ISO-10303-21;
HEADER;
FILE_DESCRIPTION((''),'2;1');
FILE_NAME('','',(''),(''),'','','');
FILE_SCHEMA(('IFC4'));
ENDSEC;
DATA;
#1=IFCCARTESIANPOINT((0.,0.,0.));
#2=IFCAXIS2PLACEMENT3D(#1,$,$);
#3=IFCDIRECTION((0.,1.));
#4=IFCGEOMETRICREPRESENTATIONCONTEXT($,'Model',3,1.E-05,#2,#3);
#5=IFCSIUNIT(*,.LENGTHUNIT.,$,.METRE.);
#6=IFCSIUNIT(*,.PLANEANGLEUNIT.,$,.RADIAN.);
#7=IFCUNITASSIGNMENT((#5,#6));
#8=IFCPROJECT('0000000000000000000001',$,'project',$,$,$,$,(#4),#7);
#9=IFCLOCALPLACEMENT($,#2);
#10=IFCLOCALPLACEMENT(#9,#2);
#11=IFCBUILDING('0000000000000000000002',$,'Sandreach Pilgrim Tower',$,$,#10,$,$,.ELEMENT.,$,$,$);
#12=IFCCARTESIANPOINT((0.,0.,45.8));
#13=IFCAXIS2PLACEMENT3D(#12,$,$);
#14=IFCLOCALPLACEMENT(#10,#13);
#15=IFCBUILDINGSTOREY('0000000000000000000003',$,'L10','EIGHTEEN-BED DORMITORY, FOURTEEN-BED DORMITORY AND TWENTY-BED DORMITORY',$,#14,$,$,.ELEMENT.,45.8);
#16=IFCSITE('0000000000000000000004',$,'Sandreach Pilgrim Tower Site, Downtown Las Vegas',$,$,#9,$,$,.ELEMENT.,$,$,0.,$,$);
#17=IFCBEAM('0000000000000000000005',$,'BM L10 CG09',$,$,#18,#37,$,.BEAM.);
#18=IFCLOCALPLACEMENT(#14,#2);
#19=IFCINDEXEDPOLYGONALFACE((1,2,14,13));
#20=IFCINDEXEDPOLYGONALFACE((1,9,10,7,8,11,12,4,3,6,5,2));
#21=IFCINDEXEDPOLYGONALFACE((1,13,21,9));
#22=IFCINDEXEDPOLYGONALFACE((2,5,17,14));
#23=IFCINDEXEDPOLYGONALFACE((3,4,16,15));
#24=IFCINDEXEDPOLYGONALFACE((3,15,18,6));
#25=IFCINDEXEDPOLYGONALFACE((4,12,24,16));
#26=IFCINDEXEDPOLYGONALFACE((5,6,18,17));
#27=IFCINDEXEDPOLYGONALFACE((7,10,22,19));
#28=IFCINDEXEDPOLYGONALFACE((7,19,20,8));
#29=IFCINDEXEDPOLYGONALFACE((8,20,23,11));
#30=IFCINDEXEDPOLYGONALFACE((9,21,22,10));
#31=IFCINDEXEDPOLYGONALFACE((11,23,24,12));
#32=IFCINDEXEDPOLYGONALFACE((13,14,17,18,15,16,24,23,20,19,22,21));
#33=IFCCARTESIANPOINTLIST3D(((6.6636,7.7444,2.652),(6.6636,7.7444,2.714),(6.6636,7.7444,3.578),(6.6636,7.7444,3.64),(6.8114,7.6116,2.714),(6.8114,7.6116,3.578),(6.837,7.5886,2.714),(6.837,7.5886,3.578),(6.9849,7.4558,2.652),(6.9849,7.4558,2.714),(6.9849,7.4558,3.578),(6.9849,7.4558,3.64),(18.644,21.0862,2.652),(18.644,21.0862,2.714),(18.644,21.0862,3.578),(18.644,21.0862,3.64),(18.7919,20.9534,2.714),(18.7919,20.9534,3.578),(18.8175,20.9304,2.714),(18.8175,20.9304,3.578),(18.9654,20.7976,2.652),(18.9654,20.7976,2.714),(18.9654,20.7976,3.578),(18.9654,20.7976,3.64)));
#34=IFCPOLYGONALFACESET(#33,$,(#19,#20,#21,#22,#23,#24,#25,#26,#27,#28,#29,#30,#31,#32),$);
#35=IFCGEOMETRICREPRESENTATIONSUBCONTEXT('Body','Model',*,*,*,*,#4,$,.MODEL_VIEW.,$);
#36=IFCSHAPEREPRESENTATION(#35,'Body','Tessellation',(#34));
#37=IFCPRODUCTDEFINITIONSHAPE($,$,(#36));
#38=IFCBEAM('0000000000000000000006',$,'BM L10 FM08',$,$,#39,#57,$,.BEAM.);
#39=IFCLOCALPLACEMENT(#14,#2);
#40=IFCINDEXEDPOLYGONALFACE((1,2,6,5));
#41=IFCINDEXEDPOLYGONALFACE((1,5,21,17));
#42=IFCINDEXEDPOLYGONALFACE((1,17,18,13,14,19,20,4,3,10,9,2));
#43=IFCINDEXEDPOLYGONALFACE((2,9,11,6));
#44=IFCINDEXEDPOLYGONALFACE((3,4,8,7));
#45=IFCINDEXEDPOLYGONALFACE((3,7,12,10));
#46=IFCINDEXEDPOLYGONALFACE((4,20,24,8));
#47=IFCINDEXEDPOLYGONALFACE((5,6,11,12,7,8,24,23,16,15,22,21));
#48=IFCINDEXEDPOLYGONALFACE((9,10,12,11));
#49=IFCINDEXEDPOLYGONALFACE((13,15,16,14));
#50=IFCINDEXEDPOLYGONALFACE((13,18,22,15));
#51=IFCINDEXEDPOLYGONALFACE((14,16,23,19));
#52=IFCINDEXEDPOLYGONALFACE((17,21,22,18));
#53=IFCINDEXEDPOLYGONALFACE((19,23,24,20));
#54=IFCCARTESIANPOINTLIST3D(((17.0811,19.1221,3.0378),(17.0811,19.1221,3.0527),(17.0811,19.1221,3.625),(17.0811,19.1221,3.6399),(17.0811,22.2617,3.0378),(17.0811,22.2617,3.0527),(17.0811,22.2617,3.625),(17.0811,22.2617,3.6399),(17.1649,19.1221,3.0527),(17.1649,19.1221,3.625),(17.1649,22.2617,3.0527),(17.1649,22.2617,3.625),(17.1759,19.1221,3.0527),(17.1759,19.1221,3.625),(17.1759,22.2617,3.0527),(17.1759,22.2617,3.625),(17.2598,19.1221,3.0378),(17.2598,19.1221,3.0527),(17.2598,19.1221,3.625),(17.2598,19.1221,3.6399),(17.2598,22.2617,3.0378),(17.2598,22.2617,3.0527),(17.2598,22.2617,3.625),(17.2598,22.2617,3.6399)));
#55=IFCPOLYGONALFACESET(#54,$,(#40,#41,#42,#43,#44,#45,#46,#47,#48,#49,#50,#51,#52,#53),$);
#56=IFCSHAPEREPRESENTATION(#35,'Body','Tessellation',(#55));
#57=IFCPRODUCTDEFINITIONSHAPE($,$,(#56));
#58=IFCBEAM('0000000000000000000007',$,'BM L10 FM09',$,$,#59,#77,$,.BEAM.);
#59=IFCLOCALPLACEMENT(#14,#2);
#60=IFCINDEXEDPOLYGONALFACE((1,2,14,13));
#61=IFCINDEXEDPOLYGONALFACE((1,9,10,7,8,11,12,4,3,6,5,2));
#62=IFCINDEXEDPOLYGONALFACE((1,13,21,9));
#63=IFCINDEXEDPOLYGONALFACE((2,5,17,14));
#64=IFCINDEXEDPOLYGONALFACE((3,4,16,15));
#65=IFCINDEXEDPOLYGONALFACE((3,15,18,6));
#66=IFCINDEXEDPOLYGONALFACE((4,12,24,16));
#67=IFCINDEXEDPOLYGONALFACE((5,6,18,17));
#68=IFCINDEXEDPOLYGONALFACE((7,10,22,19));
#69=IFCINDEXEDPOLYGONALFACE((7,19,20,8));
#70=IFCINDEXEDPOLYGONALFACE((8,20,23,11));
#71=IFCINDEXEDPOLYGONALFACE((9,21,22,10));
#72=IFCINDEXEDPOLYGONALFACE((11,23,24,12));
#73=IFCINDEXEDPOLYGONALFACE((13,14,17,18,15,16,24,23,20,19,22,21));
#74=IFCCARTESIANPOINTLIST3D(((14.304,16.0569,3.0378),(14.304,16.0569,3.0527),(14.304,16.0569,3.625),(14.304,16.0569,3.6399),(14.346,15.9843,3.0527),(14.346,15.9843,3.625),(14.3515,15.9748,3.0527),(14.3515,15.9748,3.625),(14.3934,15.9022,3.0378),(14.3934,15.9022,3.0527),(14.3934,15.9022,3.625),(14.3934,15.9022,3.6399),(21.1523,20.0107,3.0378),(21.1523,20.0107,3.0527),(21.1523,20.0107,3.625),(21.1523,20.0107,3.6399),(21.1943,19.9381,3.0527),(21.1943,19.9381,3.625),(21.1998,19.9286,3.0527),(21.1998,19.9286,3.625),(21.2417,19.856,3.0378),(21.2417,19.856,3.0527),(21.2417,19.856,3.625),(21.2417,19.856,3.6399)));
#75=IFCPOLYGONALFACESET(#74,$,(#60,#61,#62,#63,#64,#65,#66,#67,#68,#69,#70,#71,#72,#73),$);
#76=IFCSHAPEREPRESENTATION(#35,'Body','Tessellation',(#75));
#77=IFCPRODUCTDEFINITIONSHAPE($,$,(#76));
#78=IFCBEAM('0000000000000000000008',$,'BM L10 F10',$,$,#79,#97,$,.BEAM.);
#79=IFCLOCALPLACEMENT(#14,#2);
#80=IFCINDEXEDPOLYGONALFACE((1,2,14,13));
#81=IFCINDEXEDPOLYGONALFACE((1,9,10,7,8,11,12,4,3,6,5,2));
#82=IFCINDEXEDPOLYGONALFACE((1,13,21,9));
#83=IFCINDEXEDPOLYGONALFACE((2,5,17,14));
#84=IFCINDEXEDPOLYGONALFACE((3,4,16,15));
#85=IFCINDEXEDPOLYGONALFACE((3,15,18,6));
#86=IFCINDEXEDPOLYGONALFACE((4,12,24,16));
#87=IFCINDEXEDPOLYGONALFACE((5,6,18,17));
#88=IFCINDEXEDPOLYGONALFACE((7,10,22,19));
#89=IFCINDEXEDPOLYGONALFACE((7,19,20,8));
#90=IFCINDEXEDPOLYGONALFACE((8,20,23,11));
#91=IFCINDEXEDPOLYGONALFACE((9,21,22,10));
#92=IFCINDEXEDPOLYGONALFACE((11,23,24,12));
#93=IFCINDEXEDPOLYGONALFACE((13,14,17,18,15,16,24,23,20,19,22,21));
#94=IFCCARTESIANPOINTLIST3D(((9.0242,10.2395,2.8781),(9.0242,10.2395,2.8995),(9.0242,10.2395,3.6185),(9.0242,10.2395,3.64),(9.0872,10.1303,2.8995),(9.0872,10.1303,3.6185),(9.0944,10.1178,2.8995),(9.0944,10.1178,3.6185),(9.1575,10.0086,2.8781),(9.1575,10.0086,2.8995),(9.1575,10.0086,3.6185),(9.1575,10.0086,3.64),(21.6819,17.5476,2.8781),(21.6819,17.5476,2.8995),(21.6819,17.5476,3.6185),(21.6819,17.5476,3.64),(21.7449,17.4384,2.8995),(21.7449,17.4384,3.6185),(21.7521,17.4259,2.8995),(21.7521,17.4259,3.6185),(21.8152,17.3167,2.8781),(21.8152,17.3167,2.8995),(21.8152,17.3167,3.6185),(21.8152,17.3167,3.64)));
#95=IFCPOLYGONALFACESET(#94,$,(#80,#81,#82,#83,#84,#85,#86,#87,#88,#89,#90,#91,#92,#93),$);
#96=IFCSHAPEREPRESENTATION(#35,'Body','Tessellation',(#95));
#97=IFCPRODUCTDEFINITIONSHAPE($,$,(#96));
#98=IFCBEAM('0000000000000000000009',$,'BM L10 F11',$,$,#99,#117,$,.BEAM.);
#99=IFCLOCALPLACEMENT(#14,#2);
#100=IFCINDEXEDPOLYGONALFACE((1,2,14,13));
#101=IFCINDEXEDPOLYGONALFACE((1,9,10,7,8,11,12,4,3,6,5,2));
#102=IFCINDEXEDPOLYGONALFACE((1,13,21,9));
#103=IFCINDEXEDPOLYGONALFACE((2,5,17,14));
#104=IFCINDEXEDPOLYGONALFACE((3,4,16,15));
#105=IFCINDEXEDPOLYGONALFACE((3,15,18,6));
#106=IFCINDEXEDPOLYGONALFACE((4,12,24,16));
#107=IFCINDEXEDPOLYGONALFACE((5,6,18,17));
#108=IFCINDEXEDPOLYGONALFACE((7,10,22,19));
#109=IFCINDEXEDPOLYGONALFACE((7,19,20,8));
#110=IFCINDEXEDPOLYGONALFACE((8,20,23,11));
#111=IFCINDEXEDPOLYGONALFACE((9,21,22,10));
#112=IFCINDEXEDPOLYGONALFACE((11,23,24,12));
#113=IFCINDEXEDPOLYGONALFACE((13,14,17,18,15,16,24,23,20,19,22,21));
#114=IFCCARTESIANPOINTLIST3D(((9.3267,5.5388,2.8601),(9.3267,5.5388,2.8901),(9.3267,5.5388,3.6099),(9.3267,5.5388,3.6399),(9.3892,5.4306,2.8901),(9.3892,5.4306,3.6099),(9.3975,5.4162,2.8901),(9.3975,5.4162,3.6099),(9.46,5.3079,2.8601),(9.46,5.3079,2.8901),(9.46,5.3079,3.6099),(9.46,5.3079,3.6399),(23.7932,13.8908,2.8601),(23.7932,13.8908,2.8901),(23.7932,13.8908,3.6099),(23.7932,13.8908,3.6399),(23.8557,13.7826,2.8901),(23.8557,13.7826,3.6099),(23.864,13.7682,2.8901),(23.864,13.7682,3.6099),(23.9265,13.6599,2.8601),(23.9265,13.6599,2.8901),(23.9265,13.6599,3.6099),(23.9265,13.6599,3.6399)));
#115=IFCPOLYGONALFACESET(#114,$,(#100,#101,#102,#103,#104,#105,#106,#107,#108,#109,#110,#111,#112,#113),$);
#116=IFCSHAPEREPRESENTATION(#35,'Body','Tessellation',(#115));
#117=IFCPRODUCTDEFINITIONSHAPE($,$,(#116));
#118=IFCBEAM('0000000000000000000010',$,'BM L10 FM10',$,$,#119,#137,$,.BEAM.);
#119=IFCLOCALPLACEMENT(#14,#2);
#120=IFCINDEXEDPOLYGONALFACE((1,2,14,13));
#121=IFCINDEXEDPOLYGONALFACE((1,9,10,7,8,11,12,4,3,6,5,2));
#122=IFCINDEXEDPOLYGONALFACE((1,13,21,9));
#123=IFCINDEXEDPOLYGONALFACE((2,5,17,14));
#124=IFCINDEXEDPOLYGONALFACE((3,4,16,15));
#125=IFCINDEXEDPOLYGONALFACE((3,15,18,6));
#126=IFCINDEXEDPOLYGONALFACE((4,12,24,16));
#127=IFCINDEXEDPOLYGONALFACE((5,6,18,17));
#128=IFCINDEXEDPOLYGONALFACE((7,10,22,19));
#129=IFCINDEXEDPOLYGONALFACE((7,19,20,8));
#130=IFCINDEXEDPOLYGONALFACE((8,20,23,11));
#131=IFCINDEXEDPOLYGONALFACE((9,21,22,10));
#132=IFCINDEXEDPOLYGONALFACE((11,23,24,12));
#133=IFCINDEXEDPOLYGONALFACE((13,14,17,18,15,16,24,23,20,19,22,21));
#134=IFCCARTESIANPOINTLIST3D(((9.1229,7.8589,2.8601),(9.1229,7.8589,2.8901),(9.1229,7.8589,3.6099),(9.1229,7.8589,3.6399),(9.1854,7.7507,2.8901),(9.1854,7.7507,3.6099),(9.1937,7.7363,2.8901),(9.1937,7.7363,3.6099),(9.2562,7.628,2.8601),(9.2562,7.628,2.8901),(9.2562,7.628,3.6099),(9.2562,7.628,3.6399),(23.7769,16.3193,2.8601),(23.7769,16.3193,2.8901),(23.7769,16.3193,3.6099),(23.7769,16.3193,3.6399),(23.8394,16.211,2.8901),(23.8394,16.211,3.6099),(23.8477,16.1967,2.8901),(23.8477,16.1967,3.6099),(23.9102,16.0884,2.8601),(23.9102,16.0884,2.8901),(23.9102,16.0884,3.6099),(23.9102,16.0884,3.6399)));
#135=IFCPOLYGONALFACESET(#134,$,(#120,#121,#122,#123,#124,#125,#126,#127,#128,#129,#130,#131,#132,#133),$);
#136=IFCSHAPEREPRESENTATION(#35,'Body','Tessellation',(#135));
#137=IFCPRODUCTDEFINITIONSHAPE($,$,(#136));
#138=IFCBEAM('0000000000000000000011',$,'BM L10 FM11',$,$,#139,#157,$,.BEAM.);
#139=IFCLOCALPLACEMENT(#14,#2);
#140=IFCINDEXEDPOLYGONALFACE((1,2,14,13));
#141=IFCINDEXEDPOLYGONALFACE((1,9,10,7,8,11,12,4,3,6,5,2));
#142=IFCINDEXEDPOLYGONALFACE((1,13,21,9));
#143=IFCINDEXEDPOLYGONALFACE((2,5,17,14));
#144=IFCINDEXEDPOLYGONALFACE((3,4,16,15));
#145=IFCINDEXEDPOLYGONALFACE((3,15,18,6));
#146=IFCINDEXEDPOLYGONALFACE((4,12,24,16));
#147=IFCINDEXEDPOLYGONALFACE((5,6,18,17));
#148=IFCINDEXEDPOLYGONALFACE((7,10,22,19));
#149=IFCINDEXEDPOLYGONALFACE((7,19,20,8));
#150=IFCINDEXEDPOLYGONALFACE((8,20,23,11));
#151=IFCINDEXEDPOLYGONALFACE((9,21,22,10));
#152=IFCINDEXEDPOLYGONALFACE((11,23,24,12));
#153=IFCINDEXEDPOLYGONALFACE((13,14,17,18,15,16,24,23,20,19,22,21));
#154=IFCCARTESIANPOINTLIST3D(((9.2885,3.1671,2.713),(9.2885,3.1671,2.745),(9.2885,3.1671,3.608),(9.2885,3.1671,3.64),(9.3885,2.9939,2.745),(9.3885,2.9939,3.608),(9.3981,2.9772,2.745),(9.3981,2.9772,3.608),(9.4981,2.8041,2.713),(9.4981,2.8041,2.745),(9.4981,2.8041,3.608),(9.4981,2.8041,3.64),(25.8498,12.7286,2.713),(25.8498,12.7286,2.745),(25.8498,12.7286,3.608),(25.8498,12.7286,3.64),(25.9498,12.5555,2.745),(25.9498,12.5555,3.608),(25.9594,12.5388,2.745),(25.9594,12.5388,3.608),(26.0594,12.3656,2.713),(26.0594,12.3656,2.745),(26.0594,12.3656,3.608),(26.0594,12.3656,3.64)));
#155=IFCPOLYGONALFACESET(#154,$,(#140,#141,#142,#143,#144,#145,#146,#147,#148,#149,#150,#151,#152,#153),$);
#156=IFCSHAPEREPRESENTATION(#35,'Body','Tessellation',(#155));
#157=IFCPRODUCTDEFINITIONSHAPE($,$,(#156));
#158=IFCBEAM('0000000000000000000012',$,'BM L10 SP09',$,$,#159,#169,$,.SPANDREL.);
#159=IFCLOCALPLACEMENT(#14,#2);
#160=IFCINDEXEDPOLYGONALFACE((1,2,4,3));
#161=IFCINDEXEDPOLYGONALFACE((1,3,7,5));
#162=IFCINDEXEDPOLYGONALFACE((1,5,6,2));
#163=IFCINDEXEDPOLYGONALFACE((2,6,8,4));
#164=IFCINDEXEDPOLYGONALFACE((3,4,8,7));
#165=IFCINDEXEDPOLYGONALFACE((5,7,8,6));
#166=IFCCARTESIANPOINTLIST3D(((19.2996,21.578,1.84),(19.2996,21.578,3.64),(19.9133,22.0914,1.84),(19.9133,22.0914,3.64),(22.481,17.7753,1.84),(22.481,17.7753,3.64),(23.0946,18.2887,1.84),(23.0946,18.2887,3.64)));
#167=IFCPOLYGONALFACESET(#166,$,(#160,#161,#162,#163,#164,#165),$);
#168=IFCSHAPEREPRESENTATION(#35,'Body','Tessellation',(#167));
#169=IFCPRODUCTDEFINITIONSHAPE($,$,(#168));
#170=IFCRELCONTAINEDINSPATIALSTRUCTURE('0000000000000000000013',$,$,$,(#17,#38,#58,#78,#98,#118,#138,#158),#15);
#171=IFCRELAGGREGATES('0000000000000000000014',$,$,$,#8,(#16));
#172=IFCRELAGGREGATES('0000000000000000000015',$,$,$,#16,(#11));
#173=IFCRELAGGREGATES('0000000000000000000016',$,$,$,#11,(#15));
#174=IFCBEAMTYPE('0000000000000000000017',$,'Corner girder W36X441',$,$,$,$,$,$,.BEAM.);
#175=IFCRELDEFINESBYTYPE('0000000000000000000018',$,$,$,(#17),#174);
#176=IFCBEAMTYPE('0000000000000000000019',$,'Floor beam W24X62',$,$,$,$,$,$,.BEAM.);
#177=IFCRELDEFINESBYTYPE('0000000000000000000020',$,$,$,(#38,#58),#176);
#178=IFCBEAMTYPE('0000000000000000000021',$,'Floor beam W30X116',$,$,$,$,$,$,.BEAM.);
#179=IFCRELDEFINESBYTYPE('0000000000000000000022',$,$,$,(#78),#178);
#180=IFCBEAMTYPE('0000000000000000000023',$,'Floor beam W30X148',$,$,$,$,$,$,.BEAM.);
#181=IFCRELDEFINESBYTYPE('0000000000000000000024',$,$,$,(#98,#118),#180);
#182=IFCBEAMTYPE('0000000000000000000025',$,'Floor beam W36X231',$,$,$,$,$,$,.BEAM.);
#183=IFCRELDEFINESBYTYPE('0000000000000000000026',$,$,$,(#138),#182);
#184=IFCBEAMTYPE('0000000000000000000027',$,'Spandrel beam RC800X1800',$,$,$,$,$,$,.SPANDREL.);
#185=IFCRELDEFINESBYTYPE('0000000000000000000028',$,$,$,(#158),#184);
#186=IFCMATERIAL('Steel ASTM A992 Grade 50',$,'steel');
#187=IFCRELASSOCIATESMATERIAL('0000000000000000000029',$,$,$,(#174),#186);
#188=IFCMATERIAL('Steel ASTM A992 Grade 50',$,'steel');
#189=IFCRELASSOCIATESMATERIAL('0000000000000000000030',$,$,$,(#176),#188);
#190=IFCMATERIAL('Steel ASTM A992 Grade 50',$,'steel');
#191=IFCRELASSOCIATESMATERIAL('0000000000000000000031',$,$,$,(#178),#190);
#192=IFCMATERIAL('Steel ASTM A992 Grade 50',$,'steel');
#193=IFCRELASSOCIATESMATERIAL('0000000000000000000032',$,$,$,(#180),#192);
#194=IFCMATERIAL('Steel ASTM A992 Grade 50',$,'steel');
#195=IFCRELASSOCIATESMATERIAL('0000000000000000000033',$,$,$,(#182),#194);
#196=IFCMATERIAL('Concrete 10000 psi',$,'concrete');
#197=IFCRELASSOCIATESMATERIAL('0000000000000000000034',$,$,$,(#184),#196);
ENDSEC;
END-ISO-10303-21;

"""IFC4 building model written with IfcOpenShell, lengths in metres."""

from ifc_helpers import new_model, si_unit, direction, frame, origin, origin_2d, place, context, subcontext, project, spatial, rectangle, i_section, extrude, material, material_profile, profile_set, type_object, element, save


model = new_model("IFC4")

# Units and contexts
model_context = context("Model", 3, precision=1e-05, world=origin(), true_north=direction((0.0, 1.0)))
body_context = subcontext(model_context, "Body", "Model", "MODEL_VIEW")
ifc_project = project(units=[si_unit("LENGTHUNIT", "METRE"), si_unit("PLANEANGLEUNIT", "RADIAN")], contexts=[model_context])

# Site, building, storey
site_placement = place(None, origin())
site = spatial("IfcSite", under=ifc_project, at=site_placement, Name="Sandreach Pilgrim Tower Site, Downtown Las Vegas", CompositionType="ELEMENT", RefElevation=0.0)
building_placement = place(site_placement, origin())
building = spatial("IfcBuilding", under=site, at=building_placement, Name="Sandreach Pilgrim Tower", CompositionType="ELEMENT")
storey_placement = place(building_placement, frame((0.0, 0.0, 45.8)))
storey = spatial("IfcBuildingStorey", under=building, at=storey_placement, Name="L10", Description="EIGHTEEN-BED DORMITORY, FOURTEEN-BED DORMITORY AND TWENTY-BED DORMITORY", CompositionType="ELEMENT", Elevation=45.8)

# Beams
ifc_material_1 = material(Name="Steel ASTM A992 Grade 50", Category="steel")
ifc_material_profile_1 = material_profile(ifc_material_1, i_section(OverallWidth=0.4319, OverallDepth=0.988, WebThickness=0.0344, FlangeThickness=0.062, at=origin_2d()), Name="W36X441")
ifc_profile_set_1 = profile_set([ifc_material_profile_1], Name="Steel ASTM A992 Grade 50")
beam_type_1 = type_object("IfcBeamType", Name="Corner girder W36X441", PredefinedType="BEAM", material=ifc_profile_set_1)
beam_1_placement = place(storey_placement, frame((18.8047, 20.9419, 3.146), z_axis=(-0.668128, -0.744047, 0.0), x_axis=(0.744047, -0.668128, 0.0)))
element("IfcBeam", 1, at=beam_1_placement, inside=storey, type_object=beam_type_1, Name="BM L10 CG09", PredefinedType="BEAM", context=body_context, shape_type="SweptSolid", body=[
    extrude(i_section(OverallWidth=0.4319, OverallDepth=0.988, WebThickness=0.0344, FlangeThickness=0.062, at=origin_2d()), origin(), (0.0, 0.0, 1.0), 17.9314),
])
ifc_material_2 = material(Name="Steel ASTM A992 Grade 50", Category="steel")
ifc_material_profile_2 = material_profile(ifc_material_2, i_section(OverallWidth=0.1787, OverallDepth=0.6021, WebThickness=0.011, FlangeThickness=0.0149, at=origin_2d()), Name="W24X62")
ifc_profile_set_2 = profile_set([ifc_material_profile_2], Name="Steel ASTM A992 Grade 50")
beam_type_2 = type_object("IfcBeamType", Name="Floor beam W24X62", PredefinedType="BEAM", material=ifc_profile_set_2)
beam_2_placement = place(storey_placement, frame((17.1704, 22.2617, 3.3389), z_axis=(0.0, -1.0, 0.0), x_axis=(1.0, 0.0, 0.0)))
element("IfcBeam", 2, at=beam_2_placement, inside=storey, type_object=beam_type_2, Name="BM L10 FM08", PredefinedType="BEAM", context=body_context, shape_type="SweptSolid", body=[
    extrude(i_section(OverallWidth=0.1787, OverallDepth=0.6021, WebThickness=0.011, FlangeThickness=0.0149, at=origin_2d()), origin(), (0.0, 0.0, 1.0), 3.1396),
])
beam_3_placement = place(storey_placement, frame((21.197, 19.9333, 3.3389), z_axis=(-0.866029, -0.499994, 0.0), x_axis=(0.499994, -0.866029, 0.0)))
element("IfcBeam", 3, at=beam_3_placement, inside=storey, type_object=beam_type_2, Name="BM L10 FM09", PredefinedType="BEAM", context=body_context, shape_type="SweptSolid", body=[
    extrude(i_section(OverallWidth=0.1787, OverallDepth=0.6021, WebThickness=0.011, FlangeThickness=0.0149, at=origin_2d()), origin(), (0.0, 0.0, 1.0), 7.9077),
])
ifc_material_3 = material(Name="Steel ASTM A992 Grade 50", Category="steel")
ifc_material_profile_3 = material_profile(ifc_material_3, i_section(OverallWidth=0.2666, OverallDepth=0.762, WebThickness=0.0144, FlangeThickness=0.0215, at=origin_2d()), Name="W30X116")
ifc_profile_set_3 = profile_set([ifc_material_profile_3], Name="Steel ASTM A992 Grade 50")
beam_type_3 = type_object("IfcBeamType", Name="Floor beam W30X116", PredefinedType="BEAM", material=ifc_profile_set_3)
beam_4_placement = place(storey_placement, frame((21.7485, 17.4321, 3.259), z_axis=(-0.86602, -0.500009, 0.0), x_axis=(0.500009, -0.86602, 0.0)))
element("IfcBeam", 4, at=beam_4_placement, inside=storey, type_object=beam_type_3, Name="BM L10 F10", PredefinedType="BEAM", context=body_context, shape_type="SweptSolid", body=[
    extrude(i_section(OverallWidth=0.2666, OverallDepth=0.762, WebThickness=0.0144, FlangeThickness=0.0215, at=origin_2d()), origin(), (0.0, 0.0, 1.0), 14.616),
])
ifc_material_4 = material(Name="Steel ASTM A992 Grade 50", Category="steel")
ifc_material_profile_4 = material_profile(ifc_material_4, i_section(OverallWidth=0.2666, OverallDepth=0.7798, WebThickness=0.0166, FlangeThickness=0.03, at=origin_2d()), Name="W30X148")
ifc_profile_set_4 = profile_set([ifc_material_profile_4], Name="Steel ASTM A992 Grade 50")
beam_type_4 = type_object("IfcBeamType", Name="Floor beam W30X148", PredefinedType="BEAM", material=ifc_profile_set_4)
beam_5_placement = place(storey_placement, frame((23.8599, 13.7754, 3.25), z_axis=(-0.866031, -0.49999, 0.0), x_axis=(0.49999, -0.866031, 0.0)))
element("IfcBeam", 5, at=beam_5_placement, inside=storey, type_object=beam_type_4, Name="BM L10 F11", PredefinedType="BEAM", context=body_context, shape_type="SweptSolid", body=[
    extrude(i_section(OverallWidth=0.2666, OverallDepth=0.7798, WebThickness=0.0166, FlangeThickness=0.03, at=origin_2d()), origin(), (0.0, 0.0, 1.0), 16.7043),
])
beam_6_placement = place(storey_placement, frame((23.8435, 16.2039, 3.25), z_axis=(-0.866027, -0.499997, 0.0), x_axis=(0.499997, -0.866027, 0.0)))
element("IfcBeam", 6, at=beam_6_placement, inside=storey, type_object=beam_type_4, Name="BM L10 FM10", PredefinedType="BEAM", context=body_context, shape_type="SweptSolid", body=[
    extrude(i_section(OverallWidth=0.2666, OverallDepth=0.7798, WebThickness=0.0166, FlangeThickness=0.03, at=origin_2d()), origin(), (0.0, 0.0, 1.0), 16.9209),
])
ifc_material_5 = material(Name="Steel ASTM A992 Grade 50", Category="steel")
ifc_material_profile_5 = material_profile(ifc_material_5, i_section(OverallWidth=0.4192, OverallDepth=0.927, WebThickness=0.0193, FlangeThickness=0.032, at=origin_2d()), Name="W36X231")
ifc_profile_set_5 = profile_set([ifc_material_profile_5], Name="Steel ASTM A992 Grade 50")
beam_type_5 = type_object("IfcBeamType", Name="Floor beam W36X231", PredefinedType="BEAM", material=ifc_profile_set_5)
beam_7_placement = place(storey_placement, frame((25.9546, 12.5471, 3.1765), z_axis=(-0.866028, -0.499995, 0.0), x_axis=(0.499995, -0.866028, 0.0)))
element("IfcBeam", 7, at=beam_7_placement, inside=storey, type_object=beam_type_5, Name="BM L10 FM11", PredefinedType="BEAM", context=body_context, shape_type="SweptSolid", body=[
    extrude(i_section(OverallWidth=0.4192, OverallDepth=0.927, WebThickness=0.0193, FlangeThickness=0.032, at=origin_2d()), origin(), (0.0, 0.0, 1.0), 19.1233),
])
ifc_material_6 = material(Name="Concrete 10000 psi", Category="concrete")
ifc_material_profile_6 = material_profile(ifc_material_6, rectangle(XDim=0.8, YDim=1.8, at=origin_2d()), Name="RC800X1800")
ifc_profile_set_6 = profile_set([ifc_material_profile_6], Name="Concrete 10000 psi")
beam_type_6 = type_object("IfcBeamType", Name="Spandrel beam RC800X1800", PredefinedType="SPANDREL", material=ifc_profile_set_6)
beam_8_placement = place(storey_placement, frame((19.6064, 21.8347, 2.74), z_axis=(0.641665, -0.766985, 0.0), x_axis=(0.766985, 0.641665, 0.0)))
element("IfcBeam", 8, at=beam_8_placement, inside=storey, type_object=beam_type_6, Name="BM L10 SP09", PredefinedType="SPANDREL", context=body_context, shape_type="SweptSolid", body=[
    extrude(rectangle(XDim=0.8, YDim=1.8, at=origin_2d()), origin(), (0.0, 0.0, 1.0), 4.958),
])

save(model, "model.ifc")
